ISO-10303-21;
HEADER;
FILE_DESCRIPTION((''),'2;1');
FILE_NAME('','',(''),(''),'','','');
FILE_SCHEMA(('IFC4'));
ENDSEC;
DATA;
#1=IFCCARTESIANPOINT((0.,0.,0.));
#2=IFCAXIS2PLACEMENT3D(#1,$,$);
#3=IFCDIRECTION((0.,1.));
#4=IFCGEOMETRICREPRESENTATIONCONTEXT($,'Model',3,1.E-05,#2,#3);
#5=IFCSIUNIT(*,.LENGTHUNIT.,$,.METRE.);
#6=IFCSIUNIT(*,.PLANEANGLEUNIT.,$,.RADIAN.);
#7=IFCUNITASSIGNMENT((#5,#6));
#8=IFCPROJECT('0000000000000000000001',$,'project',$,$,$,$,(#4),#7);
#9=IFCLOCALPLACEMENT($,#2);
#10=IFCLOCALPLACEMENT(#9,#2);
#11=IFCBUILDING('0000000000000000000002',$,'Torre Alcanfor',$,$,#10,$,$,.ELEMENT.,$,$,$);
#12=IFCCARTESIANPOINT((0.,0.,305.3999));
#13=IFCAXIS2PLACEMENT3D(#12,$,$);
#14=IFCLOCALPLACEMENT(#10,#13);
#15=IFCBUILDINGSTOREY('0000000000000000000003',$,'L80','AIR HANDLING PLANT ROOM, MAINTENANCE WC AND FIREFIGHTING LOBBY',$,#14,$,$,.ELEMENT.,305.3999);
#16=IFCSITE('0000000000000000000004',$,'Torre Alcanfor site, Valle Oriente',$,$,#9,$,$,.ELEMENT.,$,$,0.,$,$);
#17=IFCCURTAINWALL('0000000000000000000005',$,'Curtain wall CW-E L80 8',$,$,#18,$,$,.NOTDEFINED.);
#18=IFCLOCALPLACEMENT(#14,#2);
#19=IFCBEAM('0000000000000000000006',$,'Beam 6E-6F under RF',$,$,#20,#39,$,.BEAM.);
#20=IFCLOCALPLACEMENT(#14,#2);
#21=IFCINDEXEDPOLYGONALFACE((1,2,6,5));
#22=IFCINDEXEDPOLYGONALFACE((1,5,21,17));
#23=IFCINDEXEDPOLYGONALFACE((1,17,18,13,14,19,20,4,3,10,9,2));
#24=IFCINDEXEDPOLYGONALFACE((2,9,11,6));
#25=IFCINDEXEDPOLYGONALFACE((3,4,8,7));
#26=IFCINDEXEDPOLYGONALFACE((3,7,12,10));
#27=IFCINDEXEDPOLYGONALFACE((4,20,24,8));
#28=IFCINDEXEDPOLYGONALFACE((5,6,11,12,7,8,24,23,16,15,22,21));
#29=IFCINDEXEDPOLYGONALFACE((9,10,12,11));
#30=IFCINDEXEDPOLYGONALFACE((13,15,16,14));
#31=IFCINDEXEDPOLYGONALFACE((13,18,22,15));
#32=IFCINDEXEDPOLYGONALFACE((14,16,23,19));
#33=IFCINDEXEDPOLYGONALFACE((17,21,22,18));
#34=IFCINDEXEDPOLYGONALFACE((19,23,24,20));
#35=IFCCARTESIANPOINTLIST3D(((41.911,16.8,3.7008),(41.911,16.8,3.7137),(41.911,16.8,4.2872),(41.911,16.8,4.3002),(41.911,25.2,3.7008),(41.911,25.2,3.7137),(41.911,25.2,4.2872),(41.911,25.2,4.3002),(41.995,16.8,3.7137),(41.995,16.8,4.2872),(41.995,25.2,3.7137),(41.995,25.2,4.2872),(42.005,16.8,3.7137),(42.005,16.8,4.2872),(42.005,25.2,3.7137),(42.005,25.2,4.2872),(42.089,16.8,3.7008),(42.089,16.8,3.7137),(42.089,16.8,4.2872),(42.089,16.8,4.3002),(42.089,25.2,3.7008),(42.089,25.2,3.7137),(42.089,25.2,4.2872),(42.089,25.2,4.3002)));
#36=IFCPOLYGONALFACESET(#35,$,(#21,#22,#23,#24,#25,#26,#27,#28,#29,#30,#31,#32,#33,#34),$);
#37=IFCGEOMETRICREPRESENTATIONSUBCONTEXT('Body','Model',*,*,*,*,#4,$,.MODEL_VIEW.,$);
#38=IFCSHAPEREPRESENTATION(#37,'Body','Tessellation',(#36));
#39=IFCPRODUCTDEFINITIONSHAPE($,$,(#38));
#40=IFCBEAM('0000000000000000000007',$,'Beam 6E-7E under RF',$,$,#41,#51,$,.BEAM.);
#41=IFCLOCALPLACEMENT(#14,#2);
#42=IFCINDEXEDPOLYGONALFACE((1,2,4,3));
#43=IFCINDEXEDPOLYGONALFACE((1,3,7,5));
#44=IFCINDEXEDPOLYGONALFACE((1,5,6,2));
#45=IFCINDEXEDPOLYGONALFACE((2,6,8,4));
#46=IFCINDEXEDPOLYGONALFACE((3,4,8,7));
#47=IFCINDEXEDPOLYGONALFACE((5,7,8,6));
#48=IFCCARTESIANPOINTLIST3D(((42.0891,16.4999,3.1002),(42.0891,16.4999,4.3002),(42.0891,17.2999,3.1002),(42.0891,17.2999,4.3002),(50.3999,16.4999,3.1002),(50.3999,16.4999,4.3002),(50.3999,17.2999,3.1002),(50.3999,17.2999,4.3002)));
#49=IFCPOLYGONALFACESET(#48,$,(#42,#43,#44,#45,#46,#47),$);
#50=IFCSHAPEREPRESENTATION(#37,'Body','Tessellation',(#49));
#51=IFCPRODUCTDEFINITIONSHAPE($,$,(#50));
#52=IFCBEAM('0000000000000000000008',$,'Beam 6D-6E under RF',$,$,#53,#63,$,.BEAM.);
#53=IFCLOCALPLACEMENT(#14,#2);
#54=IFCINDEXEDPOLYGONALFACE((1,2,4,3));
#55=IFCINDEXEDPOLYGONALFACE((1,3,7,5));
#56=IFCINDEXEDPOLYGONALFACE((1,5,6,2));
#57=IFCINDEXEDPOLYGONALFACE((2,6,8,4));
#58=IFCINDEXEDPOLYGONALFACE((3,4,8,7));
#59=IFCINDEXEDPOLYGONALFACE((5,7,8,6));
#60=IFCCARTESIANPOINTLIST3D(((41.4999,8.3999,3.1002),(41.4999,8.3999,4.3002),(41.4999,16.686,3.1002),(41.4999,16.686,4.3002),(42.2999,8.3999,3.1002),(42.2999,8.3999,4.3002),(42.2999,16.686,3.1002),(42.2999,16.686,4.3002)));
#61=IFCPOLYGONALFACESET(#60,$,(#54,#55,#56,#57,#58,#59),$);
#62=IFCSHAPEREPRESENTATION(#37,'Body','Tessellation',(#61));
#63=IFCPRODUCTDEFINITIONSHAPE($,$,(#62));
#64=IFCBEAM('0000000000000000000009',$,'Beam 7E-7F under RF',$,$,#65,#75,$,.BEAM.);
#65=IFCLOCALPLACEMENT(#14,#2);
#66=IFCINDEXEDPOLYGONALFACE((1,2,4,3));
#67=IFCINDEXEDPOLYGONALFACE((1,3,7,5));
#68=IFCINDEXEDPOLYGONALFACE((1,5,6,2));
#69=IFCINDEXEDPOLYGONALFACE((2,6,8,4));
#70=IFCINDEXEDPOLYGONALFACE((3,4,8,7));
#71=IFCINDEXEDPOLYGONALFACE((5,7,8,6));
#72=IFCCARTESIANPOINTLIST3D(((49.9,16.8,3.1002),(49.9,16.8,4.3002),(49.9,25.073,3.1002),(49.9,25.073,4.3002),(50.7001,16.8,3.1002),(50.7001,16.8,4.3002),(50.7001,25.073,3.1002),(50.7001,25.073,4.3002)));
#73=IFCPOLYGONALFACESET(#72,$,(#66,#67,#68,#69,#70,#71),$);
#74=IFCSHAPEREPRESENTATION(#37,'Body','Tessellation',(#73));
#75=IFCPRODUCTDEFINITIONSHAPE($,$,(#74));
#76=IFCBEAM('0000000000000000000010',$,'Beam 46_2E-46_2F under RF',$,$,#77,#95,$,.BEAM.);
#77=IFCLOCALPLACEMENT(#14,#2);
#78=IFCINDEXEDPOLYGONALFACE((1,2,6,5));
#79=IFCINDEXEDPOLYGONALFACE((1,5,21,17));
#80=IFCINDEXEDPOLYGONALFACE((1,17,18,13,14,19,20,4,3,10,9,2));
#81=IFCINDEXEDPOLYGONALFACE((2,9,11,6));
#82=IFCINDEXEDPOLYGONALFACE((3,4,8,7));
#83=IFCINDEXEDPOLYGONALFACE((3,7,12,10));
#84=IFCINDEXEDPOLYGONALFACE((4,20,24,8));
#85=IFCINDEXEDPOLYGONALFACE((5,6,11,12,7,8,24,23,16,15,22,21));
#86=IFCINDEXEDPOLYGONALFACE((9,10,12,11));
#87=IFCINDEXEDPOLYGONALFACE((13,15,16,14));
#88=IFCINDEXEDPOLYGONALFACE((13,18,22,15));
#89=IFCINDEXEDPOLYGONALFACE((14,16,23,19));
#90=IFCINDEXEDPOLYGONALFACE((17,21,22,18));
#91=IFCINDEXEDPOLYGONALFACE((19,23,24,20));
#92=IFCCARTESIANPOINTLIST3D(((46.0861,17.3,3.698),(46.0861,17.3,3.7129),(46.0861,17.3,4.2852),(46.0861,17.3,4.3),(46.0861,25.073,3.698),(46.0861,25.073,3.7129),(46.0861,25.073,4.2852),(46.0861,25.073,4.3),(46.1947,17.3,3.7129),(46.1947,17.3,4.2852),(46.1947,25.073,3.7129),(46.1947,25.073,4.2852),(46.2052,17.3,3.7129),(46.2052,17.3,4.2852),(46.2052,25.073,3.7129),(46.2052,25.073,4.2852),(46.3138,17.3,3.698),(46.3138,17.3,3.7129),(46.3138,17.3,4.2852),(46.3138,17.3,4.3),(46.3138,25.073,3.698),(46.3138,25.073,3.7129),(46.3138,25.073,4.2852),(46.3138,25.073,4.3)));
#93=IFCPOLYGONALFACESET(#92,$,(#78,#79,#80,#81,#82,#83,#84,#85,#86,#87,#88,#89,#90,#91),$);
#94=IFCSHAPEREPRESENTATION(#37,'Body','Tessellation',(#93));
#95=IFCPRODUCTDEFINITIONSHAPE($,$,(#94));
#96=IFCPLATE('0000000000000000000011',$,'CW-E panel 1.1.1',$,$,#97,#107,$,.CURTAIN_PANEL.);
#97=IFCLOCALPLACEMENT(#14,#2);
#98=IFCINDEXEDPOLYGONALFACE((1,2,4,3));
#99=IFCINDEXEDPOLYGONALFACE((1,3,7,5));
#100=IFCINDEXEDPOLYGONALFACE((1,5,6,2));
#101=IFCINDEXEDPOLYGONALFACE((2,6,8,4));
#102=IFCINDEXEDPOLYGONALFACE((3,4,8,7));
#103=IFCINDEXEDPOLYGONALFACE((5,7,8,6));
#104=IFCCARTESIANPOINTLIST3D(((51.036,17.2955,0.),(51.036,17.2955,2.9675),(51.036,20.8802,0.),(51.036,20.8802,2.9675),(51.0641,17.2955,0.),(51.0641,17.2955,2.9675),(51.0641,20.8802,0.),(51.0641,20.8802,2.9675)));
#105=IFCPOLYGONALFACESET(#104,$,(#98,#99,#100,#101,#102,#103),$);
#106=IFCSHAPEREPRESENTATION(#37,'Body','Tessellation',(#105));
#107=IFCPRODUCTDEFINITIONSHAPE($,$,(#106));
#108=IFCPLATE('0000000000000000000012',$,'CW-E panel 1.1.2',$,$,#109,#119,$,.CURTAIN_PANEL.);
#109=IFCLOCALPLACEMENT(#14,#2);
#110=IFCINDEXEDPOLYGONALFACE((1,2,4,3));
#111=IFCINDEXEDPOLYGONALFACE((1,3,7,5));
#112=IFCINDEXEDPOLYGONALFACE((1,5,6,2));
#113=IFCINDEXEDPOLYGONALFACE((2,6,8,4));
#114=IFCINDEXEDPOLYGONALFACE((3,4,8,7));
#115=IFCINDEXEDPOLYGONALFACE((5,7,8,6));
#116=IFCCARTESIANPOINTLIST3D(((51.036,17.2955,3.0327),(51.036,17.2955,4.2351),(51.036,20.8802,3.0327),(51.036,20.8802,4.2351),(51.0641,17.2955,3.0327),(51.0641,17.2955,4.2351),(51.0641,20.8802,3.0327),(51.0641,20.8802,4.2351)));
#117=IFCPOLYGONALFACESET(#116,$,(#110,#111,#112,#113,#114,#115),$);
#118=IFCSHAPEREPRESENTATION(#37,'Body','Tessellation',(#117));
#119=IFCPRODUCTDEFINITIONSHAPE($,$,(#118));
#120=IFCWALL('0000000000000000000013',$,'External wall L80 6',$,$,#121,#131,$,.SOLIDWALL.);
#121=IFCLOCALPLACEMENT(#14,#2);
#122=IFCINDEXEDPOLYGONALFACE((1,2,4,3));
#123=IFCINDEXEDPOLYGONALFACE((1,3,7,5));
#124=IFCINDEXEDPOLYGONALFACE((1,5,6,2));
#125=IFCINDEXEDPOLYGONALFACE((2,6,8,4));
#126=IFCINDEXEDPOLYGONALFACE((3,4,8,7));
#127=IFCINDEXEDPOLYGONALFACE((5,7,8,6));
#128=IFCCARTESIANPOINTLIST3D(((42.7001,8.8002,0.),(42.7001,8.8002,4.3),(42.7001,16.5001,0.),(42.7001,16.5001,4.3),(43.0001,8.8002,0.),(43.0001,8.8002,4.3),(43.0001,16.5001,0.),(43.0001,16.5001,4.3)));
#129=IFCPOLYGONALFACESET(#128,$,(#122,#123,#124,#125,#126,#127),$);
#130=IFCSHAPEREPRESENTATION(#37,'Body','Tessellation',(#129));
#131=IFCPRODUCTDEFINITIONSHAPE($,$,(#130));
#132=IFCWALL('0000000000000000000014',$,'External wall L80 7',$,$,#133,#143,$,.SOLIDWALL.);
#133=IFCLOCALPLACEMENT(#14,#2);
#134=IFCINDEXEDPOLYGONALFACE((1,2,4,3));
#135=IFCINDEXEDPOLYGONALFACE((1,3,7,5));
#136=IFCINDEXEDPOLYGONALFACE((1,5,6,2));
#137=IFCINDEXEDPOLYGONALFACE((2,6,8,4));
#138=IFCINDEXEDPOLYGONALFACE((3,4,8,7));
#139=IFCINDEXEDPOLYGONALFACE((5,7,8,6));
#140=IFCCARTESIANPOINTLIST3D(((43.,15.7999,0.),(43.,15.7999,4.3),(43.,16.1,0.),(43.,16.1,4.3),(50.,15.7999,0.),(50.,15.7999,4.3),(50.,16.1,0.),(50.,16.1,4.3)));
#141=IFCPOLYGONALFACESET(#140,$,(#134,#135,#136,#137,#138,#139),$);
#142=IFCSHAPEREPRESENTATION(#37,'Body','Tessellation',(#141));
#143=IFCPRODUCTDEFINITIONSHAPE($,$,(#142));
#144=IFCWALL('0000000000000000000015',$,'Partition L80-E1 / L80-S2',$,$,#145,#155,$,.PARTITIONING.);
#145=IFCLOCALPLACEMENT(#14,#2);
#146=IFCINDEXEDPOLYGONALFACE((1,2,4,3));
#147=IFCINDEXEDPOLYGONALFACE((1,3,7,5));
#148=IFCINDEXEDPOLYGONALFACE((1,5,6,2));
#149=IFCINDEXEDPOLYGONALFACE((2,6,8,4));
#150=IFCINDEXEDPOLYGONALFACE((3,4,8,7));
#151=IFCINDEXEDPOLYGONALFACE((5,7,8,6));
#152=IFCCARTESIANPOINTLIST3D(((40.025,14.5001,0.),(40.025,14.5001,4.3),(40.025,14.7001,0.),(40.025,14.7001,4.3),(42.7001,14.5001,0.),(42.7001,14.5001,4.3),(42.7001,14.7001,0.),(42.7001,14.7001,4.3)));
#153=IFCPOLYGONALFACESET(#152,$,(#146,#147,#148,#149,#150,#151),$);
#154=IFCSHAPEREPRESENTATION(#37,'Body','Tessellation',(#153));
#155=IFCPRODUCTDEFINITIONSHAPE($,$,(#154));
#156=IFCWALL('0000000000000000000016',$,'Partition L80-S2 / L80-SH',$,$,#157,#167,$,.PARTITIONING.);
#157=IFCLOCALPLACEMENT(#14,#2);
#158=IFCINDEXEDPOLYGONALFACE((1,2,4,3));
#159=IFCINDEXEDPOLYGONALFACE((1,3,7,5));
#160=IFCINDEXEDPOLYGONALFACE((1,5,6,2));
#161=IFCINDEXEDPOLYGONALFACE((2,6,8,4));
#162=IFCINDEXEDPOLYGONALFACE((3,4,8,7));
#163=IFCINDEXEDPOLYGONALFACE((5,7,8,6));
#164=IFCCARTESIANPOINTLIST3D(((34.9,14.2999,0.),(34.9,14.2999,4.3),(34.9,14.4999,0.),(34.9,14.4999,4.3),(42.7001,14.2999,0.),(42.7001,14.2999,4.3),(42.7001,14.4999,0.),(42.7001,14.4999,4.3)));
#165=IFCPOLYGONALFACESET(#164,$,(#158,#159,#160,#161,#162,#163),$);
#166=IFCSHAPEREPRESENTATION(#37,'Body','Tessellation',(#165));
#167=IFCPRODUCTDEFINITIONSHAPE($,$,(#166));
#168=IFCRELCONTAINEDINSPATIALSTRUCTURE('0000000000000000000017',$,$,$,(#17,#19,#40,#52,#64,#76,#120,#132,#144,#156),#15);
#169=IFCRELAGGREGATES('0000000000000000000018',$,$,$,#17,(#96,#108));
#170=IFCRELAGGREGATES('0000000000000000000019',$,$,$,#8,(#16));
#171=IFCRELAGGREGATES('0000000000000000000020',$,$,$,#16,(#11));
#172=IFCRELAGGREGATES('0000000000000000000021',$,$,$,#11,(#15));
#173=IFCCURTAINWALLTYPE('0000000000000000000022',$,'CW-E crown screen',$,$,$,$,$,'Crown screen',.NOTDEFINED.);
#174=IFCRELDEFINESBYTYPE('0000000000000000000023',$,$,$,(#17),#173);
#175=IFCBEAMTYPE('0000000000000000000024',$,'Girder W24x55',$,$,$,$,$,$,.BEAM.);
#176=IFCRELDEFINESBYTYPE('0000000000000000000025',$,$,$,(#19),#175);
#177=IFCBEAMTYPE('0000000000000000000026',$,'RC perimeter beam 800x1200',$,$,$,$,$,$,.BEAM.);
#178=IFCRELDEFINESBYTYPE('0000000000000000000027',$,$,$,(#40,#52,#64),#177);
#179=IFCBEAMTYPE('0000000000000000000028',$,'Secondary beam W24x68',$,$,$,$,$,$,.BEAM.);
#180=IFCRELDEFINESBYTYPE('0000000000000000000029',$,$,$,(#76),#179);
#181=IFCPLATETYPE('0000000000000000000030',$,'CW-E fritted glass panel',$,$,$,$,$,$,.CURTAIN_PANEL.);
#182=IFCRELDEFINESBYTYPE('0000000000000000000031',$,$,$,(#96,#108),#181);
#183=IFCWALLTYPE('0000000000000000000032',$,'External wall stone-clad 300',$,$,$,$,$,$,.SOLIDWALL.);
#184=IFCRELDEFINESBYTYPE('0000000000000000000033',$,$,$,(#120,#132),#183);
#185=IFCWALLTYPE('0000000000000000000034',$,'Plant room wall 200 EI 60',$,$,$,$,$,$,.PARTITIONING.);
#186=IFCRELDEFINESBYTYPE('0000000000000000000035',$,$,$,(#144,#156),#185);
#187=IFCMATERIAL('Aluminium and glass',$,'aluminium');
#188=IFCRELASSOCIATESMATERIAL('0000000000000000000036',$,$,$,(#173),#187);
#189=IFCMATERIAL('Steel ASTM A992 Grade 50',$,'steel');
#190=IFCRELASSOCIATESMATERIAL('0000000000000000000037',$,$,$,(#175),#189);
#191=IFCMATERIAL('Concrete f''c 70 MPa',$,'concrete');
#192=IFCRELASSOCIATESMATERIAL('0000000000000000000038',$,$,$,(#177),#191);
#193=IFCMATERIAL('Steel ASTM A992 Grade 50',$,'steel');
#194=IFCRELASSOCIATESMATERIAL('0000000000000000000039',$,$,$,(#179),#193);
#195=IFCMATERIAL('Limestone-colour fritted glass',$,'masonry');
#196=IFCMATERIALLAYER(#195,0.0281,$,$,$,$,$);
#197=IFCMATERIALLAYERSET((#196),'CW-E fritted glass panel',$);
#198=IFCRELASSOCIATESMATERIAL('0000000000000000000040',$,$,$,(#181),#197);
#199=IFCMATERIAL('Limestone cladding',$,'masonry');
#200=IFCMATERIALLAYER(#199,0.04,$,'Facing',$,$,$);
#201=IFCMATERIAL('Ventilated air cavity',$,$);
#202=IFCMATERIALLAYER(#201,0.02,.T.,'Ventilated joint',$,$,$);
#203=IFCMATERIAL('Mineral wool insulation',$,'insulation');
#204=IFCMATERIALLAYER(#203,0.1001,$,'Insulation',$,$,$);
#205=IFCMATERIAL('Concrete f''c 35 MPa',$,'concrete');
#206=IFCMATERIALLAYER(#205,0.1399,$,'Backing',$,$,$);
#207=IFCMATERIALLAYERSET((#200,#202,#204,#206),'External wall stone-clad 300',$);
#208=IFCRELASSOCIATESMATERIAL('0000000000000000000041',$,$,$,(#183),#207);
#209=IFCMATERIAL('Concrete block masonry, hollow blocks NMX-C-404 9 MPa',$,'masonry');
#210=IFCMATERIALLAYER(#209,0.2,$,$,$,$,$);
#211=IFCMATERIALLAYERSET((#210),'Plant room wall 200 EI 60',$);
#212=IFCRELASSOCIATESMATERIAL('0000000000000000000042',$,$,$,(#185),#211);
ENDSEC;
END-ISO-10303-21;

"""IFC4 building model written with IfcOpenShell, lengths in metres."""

from ifc_helpers import new_model, si_unit, direction, frame, frame_2d, origin, origin_2d, place, context, subcontext, project, spatial, rectangle, i_section, extrude, material, layer, layer_set, material_profile, profile_set, type_object, element, aggregate, save


model = new_model("IFC4")

# Units and contexts
model_context = context("Model", 3, precision=1e-05, world=origin(), true_north=direction((0.0, 1.0)))
body_context = subcontext(model_context, "Body", "Model", "MODEL_VIEW")
ifc_project = project(units=[si_unit("LENGTHUNIT", "METRE"), si_unit("PLANEANGLEUNIT", "RADIAN")], contexts=[model_context])

# Site, building, storey
site_placement = place(None, origin())
site = spatial("IfcSite", under=ifc_project, at=site_placement, Name="Torre Alcanfor site, Valle Oriente", CompositionType="ELEMENT", RefElevation=0.0)
building_placement = place(site_placement, origin())
building = spatial("IfcBuilding", under=site, at=building_placement, Name="Torre Alcanfor", CompositionType="ELEMENT")
storey_placement = place(building_placement, frame((0.0, 0.0, 305.3999)))
storey = spatial("IfcBuildingStorey", under=building, at=storey_placement, Name="L80", Description="AIR HANDLING PLANT ROOM, MAINTENANCE WC AND FIREFIGHTING LOBBY", CompositionType="ELEMENT", Elevation=305.3999)

# Shared definitions
ifc_material_1 = material(Name="Aluminium and glass", Category="aluminium")
curtain_wall_type = type_object("IfcCurtainWallType", Name="CW-E crown screen", ElementType="Crown screen", PredefinedType="NOTDEFINED", material=ifc_material_1)

# Curtain wall
curtain_wall_1_placement = place(storey_placement, origin())
curtain_wall_1 = element("IfcCurtainWall", 1, at=curtain_wall_1_placement, inside=storey, type_object=curtain_wall_type, Name="Curtain wall CW-E L80 8", PredefinedType="NOTDEFINED")

# Beams
ifc_material_2 = material(Name="Steel ASTM A992 Grade 50", Category="steel")
ifc_material_profile_1 = material_profile(ifc_material_2, i_section(OverallWidth=0.178, OverallDepth=0.5994, WebThickness=0.01, FlangeThickness=0.0129, at=origin_2d()), Name="W24x55")
ifc_profile_set_1 = profile_set([ifc_material_profile_1], Name="Steel ASTM A992 Grade 50")
beam_type_1 = type_object("IfcBeamType", Name="Girder W24x55", PredefinedType="BEAM", material=ifc_profile_set_1)
beam_1_placement = place(storey_placement, frame((42.0, 16.8, 4.0005), z_axis=(0.0, 1.0, 0.0), x_axis=(-1.0, 0.0, 0.0)))
element("IfcBeam", 2, at=beam_1_placement, inside=storey, type_object=beam_type_1, Name="Beam 6E-6F under RF", PredefinedType="BEAM", context=body_context, shape_type="SweptSolid", body=[
    extrude(i_section(OverallWidth=0.178, OverallDepth=0.5994, WebThickness=0.01, FlangeThickness=0.0129, at=origin_2d()), origin(), (0.0, 0.0, 1.0), 8.3999),
])
ifc_material_3 = material(Name="Concrete f'c 70 MPa", Category="concrete")
ifc_material_profile_2 = material_profile(ifc_material_3, rectangle(XDim=0.8, YDim=1.2, at=origin_2d()), Name="800x1200")
ifc_profile_set_2 = profile_set([ifc_material_profile_2], Name="Concrete f'c 70 MPa")
beam_type_2 = type_object("IfcBeamType", Name="RC perimeter beam 800x1200", PredefinedType="BEAM", material=ifc_profile_set_2)
beam_2_placement = place(storey_placement, frame((42.0891, 16.8999, 3.7002), z_axis=(1.0, 0.0, 0.0), x_axis=(0.0, 1.0, 0.0)))
element("IfcBeam", 3, at=beam_2_placement, inside=storey, type_object=beam_type_2, Name="Beam 6E-7E under RF", PredefinedType="BEAM", context=body_context, shape_type="SweptSolid", body=[
    extrude(rectangle(XDim=0.8, YDim=1.2, at=origin_2d()), origin(), (0.0, 0.0, 1.0), 8.3108),
])
beam_3_placement = place(storey_placement, frame((41.8999, 8.3999, 3.7002), z_axis=(0.0, 1.0, 0.0), x_axis=(-1.0, 0.0, 0.0)))
element("IfcBeam", 4, at=beam_3_placement, inside=storey, type_object=beam_type_2, Name="Beam 6D-6E under RF", PredefinedType="BEAM", context=body_context, shape_type="SweptSolid", body=[
    extrude(rectangle(XDim=0.8, YDim=1.2, at=origin_2d()), origin(), (0.0, 0.0, 1.0), 8.2861),
])
beam_4_placement = place(storey_placement, frame((50.3, 16.8, 3.7002), z_axis=(0.0, 1.0, 0.0), x_axis=(-1.0, 0.0, 0.0)))
element("IfcBeam", 5, at=beam_4_placement, inside=storey, type_object=beam_type_2, Name="Beam 7E-7F under RF", PredefinedType="BEAM", context=body_context, shape_type="SweptSolid", body=[
    extrude(rectangle(XDim=0.8, YDim=1.2, at=origin_2d()), origin(), (0.0, 0.0, 1.0), 8.2729),
])
ifc_material_4 = material(Name="Steel ASTM A992 Grade 50", Category="steel")
ifc_material_profile_3 = material_profile(ifc_material_4, i_section(OverallWidth=0.2278, OverallDepth=0.6021, WebThickness=0.0105, FlangeThickness=0.0149, at=origin_2d()), Name="W24x68")
ifc_profile_set_3 = profile_set([ifc_material_profile_3], Name="Steel ASTM A992 Grade 50")
beam_type_3 = type_object("IfcBeamType", Name="Secondary beam W24x68", PredefinedType="BEAM", material=ifc_profile_set_3)
beam_5_placement = place(storey_placement, frame((46.2, 17.3, 3.999), z_axis=(0.0, 1.0, 0.0), x_axis=(-1.0, 0.0, 0.0)))
element("IfcBeam", 6, at=beam_5_placement, inside=storey, type_object=beam_type_3, Name="Beam 46_2E-46_2F under RF", PredefinedType="BEAM", context=body_context, shape_type="SweptSolid", body=[
    extrude(i_section(OverallWidth=0.2278, OverallDepth=0.6021, WebThickness=0.0105, FlangeThickness=0.0149, at=origin_2d()), origin(), (0.0, 0.0, 1.0), 7.7729),
])

# Plates
ifc_material_5 = material(Name="Limestone-colour fritted glass", Category="masonry")
ifc_layer_1 = layer(ifc_material_5, 0.0281)
ifc_layer_set_1 = layer_set([ifc_layer_1], Name="CW-E fritted glass panel")
plate_type = type_object("IfcPlateType", Name="CW-E fritted glass panel", PredefinedType="CURTAIN_PANEL", material=ifc_layer_set_1)
plate_1_placement = place(storey_placement, frame((51.05, 19.0879, 0.0), z_axis=(0.0, 0.0, 1.0), x_axis=(0.0, 1.0, 0.0)))
plate_1 = element("IfcPlate", 7, at=plate_1_placement, type_object=plate_type, Name="CW-E panel 1.1.1", PredefinedType="CURTAIN_PANEL", context=body_context, shape_type="SweptSolid", body=[
    extrude(rectangle(XDim=3.5847, YDim=0.0281, at=origin_2d()), origin(), (0.0, 0.0, 1.0), 2.9675),
])
plate_2_placement = place(storey_placement, frame((51.05, 19.0879, 3.0327), z_axis=(0.0, 0.0, 1.0), x_axis=(0.0, 1.0, 0.0)))
plate_2 = element("IfcPlate", 8, at=plate_2_placement, type_object=plate_type, Name="CW-E panel 1.1.2", PredefinedType="CURTAIN_PANEL", context=body_context, shape_type="SweptSolid", body=[
    extrude(rectangle(XDim=3.5847, YDim=0.0281, at=origin_2d()), origin(), (0.0, 0.0, 1.0), 1.2024),
])
aggregate(curtain_wall_1, [plate_1, plate_2])

# Walls
ifc_material_6 = material(Name="Limestone cladding", Category="masonry")
ifc_layer_2 = layer(ifc_material_6, 0.04, Name="Facing")
ifc_material_7 = material(Name="Ventilated air cavity")
ifc_layer_3 = layer(ifc_material_7, 0.02, ventilated=True, Name="Ventilated joint")
ifc_material_8 = material(Name="Mineral wool insulation", Category="insulation")
ifc_layer_4 = layer(ifc_material_8, 0.1001, Name="Insulation")
ifc_material_9 = material(Name="Concrete f'c 35 MPa", Category="concrete")
ifc_layer_5 = layer(ifc_material_9, 0.1399, Name="Backing")
ifc_layer_set_2 = layer_set([ifc_layer_2, ifc_layer_3, ifc_layer_4, ifc_layer_5], Name="External wall stone-clad 300")
wall_type_1 = type_object("IfcWallType", Name="External wall stone-clad 300", PredefinedType="SOLIDWALL", material=ifc_layer_set_2)
wall_1_placement = place(storey_placement, frame((42.8501, 8.8, 0.0), z_axis=(0.0, 0.0, 1.0), x_axis=(0.0, 1.0, 0.0)))
element("IfcWall", 9, at=wall_1_placement, inside=storey, type_object=wall_type_1, Name="External wall L80 6", PredefinedType="SOLIDWALL", context=body_context, shape_type="SweptSolid", body=[
    extrude(rectangle(XDim=7.7, YDim=0.3, at=frame_2d((3.8501, 0.0))), origin(), (0.0, 0.0, 1.0), 4.3),
])
wall_2_placement = place(storey_placement, frame((43.0, 15.95, 0.0), z_axis=(0.0, 0.0, 1.0), x_axis=(1.0, 0.0, 0.0)))
element("IfcWall", 10, at=wall_2_placement, inside=storey, type_object=wall_type_1, Name="External wall L80 7", PredefinedType="SOLIDWALL", context=body_context, shape_type="SweptSolid", body=[
    extrude(rectangle(XDim=7.0, YDim=0.3, at=frame_2d((3.5, 0.0))), origin(), (0.0, 0.0, 1.0), 4.3),
])
ifc_material_10 = material(Name="Concrete block masonry, hollow blocks NMX-C-404 9 MPa", Category="masonry")
ifc_layer_6 = layer(ifc_material_10, 0.2)
ifc_layer_set_3 = layer_set([ifc_layer_6], Name="Plant room wall 200 EI 60")
wall_type_2 = type_object("IfcWallType", Name="Plant room wall 200 EI 60", PredefinedType="PARTITIONING", material=ifc_layer_set_3)
wall_3_placement = place(storey_placement, frame((42.7, 14.6001, 0.0), z_axis=(0.0, 0.0, 1.0), x_axis=(-1.0, 0.0, 0.0)))
element("IfcWall", 11, at=wall_3_placement, inside=storey, type_object=wall_type_2, Name="Partition L80-E1 / L80-S2", PredefinedType="PARTITIONING", context=body_context, shape_type="SweptSolid", body=[
    extrude(rectangle(XDim=2.675, YDim=0.2, at=frame_2d((1.3374, 0.0))), origin(), (0.0, 0.0, 1.0), 4.3),
])
wall_4_placement = place(storey_placement, frame((42.7, 14.3999, 0.0), z_axis=(0.0, 0.0, 1.0), x_axis=(-1.0, 0.0, 0.0)))
element("IfcWall", 12, at=wall_4_placement, inside=storey, type_object=wall_type_2, Name="Partition L80-S2 / L80-SH", PredefinedType="PARTITIONING", context=body_context, shape_type="SweptSolid", body=[
    extrude(rectangle(XDim=7.8, YDim=0.2, at=frame_2d((3.8999, 0.0))), origin(), (0.0, 0.0, 1.0), 4.3),
])

save(model, "model.ifc")
